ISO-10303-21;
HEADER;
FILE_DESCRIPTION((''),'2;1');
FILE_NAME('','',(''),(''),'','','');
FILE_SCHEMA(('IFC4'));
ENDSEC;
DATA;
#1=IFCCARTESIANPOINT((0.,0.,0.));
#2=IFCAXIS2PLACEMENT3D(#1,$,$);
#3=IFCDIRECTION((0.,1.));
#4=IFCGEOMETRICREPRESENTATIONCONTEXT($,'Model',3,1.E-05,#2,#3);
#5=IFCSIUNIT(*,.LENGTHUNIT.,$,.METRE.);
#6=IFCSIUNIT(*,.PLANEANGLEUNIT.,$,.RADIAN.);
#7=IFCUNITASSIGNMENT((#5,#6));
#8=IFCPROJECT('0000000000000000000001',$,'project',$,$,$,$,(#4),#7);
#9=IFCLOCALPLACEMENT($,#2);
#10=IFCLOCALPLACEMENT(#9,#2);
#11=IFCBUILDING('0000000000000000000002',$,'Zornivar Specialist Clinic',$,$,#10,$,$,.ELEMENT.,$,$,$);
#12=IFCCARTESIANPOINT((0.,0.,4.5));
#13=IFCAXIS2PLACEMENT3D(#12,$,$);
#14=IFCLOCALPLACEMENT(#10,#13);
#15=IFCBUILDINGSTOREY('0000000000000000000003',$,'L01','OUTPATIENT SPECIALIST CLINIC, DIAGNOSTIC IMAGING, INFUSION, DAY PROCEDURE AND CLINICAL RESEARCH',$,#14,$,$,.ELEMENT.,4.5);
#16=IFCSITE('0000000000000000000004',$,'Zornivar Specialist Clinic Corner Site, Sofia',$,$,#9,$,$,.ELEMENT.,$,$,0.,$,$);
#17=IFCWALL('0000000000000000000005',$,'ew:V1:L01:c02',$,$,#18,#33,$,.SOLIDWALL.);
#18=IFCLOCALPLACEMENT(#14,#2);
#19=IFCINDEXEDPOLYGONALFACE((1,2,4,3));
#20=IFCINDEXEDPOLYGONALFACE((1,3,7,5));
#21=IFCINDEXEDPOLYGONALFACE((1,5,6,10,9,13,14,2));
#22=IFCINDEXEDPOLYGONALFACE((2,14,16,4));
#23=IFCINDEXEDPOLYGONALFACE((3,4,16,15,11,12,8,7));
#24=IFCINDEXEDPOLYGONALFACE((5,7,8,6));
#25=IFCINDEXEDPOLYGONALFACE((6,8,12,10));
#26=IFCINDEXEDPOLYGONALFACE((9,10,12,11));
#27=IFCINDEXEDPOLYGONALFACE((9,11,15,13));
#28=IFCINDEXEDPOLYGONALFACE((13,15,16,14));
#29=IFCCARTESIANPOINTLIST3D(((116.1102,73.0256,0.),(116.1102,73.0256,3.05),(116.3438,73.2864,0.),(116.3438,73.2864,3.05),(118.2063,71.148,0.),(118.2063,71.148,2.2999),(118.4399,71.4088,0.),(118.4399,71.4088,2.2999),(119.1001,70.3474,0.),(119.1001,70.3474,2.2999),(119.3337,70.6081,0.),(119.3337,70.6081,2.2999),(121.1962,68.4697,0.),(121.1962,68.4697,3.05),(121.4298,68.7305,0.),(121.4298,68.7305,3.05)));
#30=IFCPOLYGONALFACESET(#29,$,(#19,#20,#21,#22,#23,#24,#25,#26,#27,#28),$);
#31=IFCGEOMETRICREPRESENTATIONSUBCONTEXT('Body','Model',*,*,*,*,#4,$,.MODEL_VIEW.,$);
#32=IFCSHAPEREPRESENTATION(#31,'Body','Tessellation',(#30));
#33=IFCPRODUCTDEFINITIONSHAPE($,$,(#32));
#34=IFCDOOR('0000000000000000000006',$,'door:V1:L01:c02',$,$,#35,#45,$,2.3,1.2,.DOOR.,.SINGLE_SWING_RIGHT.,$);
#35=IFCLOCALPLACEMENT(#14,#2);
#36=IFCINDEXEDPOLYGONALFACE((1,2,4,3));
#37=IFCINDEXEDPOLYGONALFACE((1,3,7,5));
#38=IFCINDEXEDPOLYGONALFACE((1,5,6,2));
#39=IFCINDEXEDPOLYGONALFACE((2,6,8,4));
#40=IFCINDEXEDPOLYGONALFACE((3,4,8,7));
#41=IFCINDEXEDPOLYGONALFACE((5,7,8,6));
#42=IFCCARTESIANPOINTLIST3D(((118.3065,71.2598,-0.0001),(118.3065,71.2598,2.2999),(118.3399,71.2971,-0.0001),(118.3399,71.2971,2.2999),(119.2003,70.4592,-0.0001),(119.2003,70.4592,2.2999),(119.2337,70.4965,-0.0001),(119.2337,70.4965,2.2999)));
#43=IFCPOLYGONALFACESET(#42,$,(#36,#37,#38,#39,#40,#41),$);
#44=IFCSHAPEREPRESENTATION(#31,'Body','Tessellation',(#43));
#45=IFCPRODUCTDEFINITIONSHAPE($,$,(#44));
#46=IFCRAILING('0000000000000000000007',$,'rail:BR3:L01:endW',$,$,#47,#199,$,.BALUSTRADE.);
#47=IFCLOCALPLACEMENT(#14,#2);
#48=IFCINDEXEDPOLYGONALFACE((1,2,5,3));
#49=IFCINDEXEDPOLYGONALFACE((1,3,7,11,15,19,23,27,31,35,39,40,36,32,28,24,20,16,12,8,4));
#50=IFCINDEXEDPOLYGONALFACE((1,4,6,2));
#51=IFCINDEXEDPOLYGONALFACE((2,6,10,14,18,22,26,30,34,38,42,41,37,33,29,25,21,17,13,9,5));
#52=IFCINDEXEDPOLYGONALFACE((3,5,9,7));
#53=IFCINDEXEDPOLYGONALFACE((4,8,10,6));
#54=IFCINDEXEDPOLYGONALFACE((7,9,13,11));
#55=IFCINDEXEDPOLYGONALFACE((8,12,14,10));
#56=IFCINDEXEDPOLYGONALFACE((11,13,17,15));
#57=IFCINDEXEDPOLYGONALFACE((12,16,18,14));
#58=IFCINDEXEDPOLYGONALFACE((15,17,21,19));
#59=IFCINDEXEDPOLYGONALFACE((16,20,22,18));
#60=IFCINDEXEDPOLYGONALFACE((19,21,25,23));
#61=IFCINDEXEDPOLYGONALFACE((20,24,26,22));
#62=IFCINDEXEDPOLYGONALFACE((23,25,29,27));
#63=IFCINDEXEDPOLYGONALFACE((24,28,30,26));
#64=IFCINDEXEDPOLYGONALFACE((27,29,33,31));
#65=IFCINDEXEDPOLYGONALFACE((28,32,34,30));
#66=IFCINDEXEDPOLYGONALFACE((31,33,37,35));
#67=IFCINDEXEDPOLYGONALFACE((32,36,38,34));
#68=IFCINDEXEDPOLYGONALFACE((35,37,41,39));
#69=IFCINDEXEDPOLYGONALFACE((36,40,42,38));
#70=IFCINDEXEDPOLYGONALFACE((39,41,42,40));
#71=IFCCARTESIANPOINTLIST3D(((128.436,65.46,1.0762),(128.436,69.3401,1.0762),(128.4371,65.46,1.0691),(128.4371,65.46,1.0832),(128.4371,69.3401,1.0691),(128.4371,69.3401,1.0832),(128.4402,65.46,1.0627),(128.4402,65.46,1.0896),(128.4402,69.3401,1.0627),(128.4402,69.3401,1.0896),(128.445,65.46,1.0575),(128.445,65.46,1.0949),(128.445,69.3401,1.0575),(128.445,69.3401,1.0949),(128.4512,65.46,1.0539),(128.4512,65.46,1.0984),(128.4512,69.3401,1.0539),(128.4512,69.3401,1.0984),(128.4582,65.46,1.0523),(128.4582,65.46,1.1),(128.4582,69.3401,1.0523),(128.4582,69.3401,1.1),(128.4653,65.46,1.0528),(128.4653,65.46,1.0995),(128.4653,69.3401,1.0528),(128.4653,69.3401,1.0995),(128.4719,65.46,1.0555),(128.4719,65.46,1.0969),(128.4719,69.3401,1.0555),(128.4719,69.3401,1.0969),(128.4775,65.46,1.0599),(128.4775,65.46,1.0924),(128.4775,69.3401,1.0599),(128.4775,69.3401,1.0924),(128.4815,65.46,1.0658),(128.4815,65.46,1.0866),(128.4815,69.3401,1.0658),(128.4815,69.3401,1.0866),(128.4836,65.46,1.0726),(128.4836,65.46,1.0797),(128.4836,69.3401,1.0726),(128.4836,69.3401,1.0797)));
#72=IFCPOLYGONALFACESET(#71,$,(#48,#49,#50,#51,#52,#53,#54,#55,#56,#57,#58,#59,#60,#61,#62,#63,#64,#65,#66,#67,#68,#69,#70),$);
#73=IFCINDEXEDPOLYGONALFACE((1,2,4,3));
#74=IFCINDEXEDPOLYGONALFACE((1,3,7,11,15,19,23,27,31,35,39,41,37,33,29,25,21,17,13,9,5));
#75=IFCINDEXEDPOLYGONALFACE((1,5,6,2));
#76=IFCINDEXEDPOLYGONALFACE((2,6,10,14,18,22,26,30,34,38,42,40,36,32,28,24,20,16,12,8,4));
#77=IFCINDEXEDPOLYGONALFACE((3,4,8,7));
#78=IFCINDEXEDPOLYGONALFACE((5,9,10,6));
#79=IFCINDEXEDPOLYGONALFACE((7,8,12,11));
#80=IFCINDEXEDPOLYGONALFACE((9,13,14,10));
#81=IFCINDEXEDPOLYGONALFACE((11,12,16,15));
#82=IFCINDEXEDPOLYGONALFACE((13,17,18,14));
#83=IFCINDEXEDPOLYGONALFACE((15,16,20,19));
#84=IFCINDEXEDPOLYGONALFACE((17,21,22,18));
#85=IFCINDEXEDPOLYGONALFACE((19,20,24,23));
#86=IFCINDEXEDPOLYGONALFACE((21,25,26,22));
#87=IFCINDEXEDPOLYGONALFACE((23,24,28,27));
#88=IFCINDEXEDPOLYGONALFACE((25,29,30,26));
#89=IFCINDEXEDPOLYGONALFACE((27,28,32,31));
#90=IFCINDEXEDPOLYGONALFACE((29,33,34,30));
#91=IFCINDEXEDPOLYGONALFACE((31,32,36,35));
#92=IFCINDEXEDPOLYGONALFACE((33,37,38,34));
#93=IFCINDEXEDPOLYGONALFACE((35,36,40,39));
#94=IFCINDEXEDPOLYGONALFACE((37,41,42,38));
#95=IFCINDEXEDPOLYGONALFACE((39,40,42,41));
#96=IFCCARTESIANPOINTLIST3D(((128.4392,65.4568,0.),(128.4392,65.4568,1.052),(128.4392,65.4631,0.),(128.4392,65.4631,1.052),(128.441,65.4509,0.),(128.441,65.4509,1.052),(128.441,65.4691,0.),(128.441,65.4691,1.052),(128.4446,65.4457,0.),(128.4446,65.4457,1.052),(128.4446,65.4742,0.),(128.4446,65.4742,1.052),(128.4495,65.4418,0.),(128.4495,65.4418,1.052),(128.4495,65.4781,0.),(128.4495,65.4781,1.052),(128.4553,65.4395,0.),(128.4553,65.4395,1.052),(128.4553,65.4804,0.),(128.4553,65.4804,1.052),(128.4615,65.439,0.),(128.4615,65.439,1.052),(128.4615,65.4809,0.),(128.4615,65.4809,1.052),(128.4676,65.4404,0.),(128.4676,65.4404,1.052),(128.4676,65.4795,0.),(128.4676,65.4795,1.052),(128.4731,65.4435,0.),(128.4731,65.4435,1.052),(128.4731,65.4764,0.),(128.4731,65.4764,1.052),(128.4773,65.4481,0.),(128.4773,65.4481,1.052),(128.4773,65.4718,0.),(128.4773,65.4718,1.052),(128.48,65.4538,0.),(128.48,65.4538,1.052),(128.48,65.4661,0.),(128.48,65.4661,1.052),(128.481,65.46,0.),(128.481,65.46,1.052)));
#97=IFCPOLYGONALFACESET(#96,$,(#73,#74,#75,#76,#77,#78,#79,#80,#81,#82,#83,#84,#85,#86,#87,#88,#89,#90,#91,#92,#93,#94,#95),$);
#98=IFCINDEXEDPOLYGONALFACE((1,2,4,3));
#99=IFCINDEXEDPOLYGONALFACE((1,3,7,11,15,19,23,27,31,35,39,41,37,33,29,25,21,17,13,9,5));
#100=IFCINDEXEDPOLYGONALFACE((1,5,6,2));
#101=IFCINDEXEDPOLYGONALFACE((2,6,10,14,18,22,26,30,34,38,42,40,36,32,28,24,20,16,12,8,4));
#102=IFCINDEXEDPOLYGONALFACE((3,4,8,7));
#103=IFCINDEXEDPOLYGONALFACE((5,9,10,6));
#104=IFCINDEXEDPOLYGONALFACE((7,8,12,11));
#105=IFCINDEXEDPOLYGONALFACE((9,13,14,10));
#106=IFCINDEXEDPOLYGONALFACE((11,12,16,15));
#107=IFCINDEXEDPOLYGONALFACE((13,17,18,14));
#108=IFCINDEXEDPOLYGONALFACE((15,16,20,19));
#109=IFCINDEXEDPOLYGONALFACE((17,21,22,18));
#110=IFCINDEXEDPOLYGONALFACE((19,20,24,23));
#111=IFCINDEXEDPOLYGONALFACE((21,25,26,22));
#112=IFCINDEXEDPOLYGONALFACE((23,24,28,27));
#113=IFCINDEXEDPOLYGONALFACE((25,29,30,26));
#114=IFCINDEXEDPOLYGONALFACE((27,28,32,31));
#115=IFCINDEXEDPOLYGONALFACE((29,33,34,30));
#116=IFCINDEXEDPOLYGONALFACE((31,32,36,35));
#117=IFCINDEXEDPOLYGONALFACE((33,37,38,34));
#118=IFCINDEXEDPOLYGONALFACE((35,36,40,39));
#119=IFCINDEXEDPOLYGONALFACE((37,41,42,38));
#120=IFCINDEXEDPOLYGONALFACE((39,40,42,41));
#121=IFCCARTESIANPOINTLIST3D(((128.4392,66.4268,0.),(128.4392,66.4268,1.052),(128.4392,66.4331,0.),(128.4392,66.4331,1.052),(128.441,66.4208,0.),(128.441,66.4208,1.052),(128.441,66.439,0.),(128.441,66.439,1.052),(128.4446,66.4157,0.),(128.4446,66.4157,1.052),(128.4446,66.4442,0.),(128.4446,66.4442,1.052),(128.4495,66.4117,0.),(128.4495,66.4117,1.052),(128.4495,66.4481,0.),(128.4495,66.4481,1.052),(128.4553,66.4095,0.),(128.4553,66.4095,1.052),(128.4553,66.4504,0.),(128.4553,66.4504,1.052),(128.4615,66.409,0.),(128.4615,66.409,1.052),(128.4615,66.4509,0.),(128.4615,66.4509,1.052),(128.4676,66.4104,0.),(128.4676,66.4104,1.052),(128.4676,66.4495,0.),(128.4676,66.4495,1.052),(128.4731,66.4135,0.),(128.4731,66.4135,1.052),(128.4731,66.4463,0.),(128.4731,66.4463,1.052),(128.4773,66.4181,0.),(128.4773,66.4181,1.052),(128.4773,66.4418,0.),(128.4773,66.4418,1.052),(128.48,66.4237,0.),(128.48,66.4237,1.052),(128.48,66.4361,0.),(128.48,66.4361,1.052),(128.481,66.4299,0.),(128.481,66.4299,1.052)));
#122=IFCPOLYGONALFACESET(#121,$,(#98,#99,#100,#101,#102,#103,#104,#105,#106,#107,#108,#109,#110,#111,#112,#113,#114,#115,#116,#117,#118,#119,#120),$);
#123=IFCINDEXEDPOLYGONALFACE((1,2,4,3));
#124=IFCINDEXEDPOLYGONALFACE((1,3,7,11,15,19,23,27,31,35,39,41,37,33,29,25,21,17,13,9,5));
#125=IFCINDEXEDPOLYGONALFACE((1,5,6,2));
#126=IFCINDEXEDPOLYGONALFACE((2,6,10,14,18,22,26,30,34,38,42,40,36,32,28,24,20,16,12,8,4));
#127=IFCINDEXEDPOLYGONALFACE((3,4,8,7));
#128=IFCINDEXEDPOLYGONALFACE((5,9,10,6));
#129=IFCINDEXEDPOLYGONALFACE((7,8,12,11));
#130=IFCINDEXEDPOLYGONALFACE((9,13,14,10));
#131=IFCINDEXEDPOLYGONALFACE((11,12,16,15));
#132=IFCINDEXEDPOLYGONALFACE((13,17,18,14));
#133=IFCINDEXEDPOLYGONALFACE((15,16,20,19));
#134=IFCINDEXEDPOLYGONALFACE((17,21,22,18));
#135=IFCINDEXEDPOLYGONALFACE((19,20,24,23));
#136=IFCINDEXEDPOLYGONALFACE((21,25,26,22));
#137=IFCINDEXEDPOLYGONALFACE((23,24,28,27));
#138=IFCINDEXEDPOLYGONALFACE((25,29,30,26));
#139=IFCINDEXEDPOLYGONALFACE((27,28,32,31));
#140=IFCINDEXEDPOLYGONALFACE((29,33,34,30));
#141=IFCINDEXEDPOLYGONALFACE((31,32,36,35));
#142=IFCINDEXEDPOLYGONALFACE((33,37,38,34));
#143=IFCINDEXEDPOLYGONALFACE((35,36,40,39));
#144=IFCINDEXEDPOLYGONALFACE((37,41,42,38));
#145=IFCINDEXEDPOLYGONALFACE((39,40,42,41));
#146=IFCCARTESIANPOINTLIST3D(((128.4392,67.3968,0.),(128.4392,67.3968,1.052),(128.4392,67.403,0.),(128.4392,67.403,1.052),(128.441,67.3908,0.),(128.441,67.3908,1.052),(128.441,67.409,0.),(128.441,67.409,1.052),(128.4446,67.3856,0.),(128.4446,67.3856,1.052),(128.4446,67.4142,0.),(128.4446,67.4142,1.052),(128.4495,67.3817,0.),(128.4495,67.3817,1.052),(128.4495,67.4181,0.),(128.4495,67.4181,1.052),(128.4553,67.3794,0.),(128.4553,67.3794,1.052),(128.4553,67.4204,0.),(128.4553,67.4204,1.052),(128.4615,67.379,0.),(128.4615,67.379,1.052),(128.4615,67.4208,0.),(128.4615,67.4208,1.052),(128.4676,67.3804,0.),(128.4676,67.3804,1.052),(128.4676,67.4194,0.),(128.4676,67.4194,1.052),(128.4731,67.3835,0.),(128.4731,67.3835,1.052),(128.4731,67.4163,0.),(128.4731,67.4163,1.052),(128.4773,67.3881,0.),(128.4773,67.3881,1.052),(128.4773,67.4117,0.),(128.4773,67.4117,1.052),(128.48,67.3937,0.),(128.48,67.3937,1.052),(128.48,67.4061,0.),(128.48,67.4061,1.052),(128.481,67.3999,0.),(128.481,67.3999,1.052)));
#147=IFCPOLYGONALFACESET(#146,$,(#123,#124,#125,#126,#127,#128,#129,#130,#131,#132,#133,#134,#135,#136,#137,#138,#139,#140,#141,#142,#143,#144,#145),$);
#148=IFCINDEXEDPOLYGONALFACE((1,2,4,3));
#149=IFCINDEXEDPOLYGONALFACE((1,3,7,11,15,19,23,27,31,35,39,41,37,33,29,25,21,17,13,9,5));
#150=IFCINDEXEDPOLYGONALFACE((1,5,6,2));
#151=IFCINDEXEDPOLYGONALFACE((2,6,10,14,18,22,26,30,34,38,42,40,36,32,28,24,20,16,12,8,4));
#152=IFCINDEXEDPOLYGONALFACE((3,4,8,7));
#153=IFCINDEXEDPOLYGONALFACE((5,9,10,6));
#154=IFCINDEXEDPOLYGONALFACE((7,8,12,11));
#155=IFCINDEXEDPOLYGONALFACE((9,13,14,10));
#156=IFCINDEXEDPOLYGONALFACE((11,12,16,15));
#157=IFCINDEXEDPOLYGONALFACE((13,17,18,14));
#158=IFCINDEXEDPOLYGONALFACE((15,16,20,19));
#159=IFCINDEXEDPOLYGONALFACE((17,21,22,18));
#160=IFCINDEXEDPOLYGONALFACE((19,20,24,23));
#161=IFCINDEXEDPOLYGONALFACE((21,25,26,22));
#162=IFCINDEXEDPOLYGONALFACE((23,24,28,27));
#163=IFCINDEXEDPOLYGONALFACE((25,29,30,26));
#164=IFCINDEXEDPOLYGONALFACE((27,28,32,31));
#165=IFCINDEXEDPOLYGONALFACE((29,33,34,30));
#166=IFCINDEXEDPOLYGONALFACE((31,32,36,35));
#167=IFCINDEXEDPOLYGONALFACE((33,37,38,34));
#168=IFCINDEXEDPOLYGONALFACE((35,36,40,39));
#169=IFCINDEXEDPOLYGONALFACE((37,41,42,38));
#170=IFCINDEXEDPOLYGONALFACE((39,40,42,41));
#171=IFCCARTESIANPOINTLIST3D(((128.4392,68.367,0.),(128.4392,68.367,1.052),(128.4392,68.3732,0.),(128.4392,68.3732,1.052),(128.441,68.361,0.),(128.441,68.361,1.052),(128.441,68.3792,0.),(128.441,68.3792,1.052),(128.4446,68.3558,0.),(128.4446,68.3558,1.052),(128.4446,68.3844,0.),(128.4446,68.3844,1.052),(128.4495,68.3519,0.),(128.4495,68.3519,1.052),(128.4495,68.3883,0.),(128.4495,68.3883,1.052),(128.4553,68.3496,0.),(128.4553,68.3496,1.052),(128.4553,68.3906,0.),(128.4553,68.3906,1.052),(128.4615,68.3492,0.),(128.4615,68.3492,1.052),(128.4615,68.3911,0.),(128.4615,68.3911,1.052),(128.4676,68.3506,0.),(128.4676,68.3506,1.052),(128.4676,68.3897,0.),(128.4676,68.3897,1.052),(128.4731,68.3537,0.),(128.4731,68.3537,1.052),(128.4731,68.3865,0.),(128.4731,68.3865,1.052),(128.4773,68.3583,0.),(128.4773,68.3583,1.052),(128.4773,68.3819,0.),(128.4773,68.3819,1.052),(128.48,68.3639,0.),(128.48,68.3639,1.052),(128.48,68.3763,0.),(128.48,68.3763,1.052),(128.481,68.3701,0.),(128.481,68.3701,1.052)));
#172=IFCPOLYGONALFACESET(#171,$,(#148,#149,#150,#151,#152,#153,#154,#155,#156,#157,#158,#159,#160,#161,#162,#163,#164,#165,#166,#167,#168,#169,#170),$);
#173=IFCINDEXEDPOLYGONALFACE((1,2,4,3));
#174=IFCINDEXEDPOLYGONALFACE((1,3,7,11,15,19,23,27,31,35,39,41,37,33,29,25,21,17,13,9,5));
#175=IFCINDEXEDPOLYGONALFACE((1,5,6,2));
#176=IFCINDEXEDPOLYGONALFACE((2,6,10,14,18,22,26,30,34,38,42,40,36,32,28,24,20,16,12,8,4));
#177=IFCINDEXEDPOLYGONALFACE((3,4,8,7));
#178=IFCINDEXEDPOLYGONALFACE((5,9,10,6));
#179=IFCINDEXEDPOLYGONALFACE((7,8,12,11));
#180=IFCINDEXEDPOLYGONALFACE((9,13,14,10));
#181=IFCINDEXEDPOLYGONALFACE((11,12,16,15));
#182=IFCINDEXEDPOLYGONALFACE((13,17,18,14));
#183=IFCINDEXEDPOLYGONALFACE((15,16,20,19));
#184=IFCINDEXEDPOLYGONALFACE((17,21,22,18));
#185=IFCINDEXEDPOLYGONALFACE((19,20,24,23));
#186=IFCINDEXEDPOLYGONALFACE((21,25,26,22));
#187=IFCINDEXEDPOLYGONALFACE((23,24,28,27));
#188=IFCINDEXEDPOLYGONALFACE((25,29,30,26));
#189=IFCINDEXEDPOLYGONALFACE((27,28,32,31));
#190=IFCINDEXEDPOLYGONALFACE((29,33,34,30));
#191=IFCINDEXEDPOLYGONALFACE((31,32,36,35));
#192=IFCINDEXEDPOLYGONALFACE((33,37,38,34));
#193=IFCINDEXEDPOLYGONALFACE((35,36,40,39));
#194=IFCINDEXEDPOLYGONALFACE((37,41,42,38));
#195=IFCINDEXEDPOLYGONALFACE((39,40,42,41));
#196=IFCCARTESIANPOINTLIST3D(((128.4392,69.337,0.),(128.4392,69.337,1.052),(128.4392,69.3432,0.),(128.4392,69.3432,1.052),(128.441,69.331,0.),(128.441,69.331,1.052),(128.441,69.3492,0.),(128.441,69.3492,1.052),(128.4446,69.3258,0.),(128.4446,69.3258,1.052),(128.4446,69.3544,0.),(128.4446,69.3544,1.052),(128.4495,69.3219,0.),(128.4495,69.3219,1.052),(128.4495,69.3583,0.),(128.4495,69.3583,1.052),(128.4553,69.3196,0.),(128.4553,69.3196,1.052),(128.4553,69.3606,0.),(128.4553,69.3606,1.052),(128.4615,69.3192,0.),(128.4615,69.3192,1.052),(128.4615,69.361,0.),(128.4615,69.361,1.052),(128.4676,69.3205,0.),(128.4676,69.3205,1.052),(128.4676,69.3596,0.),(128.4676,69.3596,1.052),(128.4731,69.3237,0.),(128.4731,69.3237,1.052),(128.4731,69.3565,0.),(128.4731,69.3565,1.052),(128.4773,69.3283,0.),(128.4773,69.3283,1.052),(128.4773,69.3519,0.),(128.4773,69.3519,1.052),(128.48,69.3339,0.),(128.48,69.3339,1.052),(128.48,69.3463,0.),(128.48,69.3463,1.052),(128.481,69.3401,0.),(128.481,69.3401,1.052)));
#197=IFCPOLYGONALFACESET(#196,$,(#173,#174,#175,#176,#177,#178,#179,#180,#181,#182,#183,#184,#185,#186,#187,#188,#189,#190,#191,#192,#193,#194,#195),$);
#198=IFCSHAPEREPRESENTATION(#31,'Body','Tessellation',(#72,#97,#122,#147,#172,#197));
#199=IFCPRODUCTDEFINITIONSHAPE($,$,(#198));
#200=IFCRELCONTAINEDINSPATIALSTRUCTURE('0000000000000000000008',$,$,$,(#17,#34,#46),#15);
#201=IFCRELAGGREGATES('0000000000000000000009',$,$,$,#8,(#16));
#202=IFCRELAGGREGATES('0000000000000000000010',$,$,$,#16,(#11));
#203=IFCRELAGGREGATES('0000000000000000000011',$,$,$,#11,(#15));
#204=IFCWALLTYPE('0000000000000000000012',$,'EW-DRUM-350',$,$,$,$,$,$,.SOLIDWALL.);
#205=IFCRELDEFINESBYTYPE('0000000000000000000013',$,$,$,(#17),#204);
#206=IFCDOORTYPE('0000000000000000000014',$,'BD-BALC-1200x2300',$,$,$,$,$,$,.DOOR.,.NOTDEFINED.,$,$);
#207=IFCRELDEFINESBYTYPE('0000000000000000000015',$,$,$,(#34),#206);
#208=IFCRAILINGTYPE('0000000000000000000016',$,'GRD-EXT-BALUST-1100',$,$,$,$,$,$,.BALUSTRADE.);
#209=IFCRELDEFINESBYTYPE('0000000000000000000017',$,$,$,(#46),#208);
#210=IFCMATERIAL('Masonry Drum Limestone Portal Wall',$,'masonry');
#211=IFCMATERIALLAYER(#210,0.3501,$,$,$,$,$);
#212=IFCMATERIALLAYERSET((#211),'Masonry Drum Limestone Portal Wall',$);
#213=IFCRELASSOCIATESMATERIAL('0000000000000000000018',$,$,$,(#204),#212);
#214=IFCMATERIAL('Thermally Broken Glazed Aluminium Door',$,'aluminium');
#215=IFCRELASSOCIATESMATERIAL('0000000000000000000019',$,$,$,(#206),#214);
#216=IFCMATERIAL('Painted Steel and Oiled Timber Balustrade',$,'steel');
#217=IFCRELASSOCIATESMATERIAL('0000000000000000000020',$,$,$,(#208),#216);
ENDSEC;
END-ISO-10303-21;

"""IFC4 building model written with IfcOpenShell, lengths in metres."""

from ifc_helpers import new_model, si_unit, direction, frame, frame_2d, origin, origin_2d, place, context, subcontext, project, spatial, rectangle, circle, extrude, material, layer, layer_set, type_object, element, fill, save


model = new_model("IFC4")

# Units and contexts
model_context = context("Model", 3, precision=1e-05, world=origin(), true_north=direction((0.0, 1.0)))
body_context = subcontext(model_context, "Body", "Model", "MODEL_VIEW")
ifc_project = project(units=[si_unit("LENGTHUNIT", "METRE"), si_unit("PLANEANGLEUNIT", "RADIAN")], contexts=[model_context])

# Site, building, storey
site_placement = place(None, origin())
site = spatial("IfcSite", under=ifc_project, at=site_placement, Name="Zornivar Specialist Clinic Corner Site, Sofia", CompositionType="ELEMENT", RefElevation=0.0)
building_placement = place(site_placement, origin())
building = spatial("IfcBuilding", under=site, at=building_placement, Name="Zornivar Specialist Clinic", CompositionType="ELEMENT")
storey_placement = place(building_placement, frame((0.0, 0.0, 4.5)))
storey = spatial("IfcBuildingStorey", under=building, at=storey_placement, Name="L01", Description="OUTPATIENT SPECIALIST CLINIC, DIAGNOSTIC IMAGING, INFUSION, DAY PROCEDURE AND CLINICAL RESEARCH", CompositionType="ELEMENT", Elevation=4.5)

# Wall, opening, door
ifc_material_1 = material(Name="Masonry Drum Limestone Portal Wall", Category="masonry")
ifc_layer_1 = layer(ifc_material_1, 0.3501)
ifc_layer_set_1 = layer_set([ifc_layer_1], Name="Masonry Drum Limestone Portal Wall")
wall_type_1 = type_object("IfcWallType", Name="EW-DRUM-350", PredefinedType="SOLIDWALL", material=ifc_layer_set_1)
wall_1_placement = place(storey_placement, frame((121.313, 68.6001, 0.0), z_axis=(0.0, 0.0, 1.0), x_axis=(-0.744853, 0.667228, 0.0)))
wall_1 = element("IfcWall", 1, at=wall_1_placement, inside=storey, type_object=wall_type_1, Name="ew:V1:L01:c02", PredefinedType="SOLIDWALL", context=body_context, shape_type="SweptSolid", body=[
    extrude(rectangle(XDim=6.8281, YDim=0.3501, at=frame_2d((3.4141, 0.0))), origin(), (0.0, 0.0, 1.0), 3.05),
])
opening_1_placement = place(wall_1_placement, frame((2.814, 0.0, 0.0)))
opening_1 = element("IfcOpeningElement", 2, at=opening_1_placement, cuts=wall_1, PredefinedType="OPENING", context=body_context, shape_type="SweptSolid", body=[
    extrude(rectangle(XDim=1.2, YDim=2.3, at=frame_2d((0.6001, 1.1499))), frame((0.0, 0.1851, 0.0), z_axis=(0.0, -1.0, 0.0), x_axis=(1.0, 0.0, 0.0)), (0.0, 0.0, 1.0), 0.3701),
])
ifc_material_2 = material(Name="Thermally Broken Glazed Aluminium Door", Category="aluminium")
door_type_1 = type_object("IfcDoorType", Name="BD-BALC-1200x2300", OperationType="NOTDEFINED", PredefinedType="DOOR", material=ifc_material_2)
door_1_placement = place(opening_1_placement, origin())
door_1 = element("IfcDoor", 3, at=door_1_placement, inside=storey, type_object=door_type_1, Name="door:V1:L01:c02", OperationType="SINGLE_SWING_RIGHT", OverallHeight=2.3, OverallWidth=1.2, PredefinedType="DOOR", context=body_context, shape_type="SweptSolid", body=[
    extrude(rectangle(XDim=1.2, YDim=2.3, at=frame_2d((0.6001, 1.1499))), frame((0.0, 0.0249, 0.0), z_axis=(0.0, -1.0, 0.0), x_axis=(1.0, 0.0, 0.0)), (0.0, 0.0, 1.0), 0.05),
])
fill(opening_1, door_1)

# Railing
ifc_material_3 = material(Name="Painted Steel and Oiled Timber Balustrade", Category="steel")
railing_type = type_object("IfcRailingType", Name="GRD-EXT-BALUST-1100", PredefinedType="BALUSTRADE", material=ifc_material_3)
railing_placement = place(storey_placement, frame((128.46, 65.46, 0.0)))
element("IfcRailing", 4, at=railing_placement, inside=storey, type_object=railing_type, Name="rail:BR3:L01:endW", PredefinedType="BALUSTRADE", context=body_context, shape_type="SweptSolid", body=[
    extrude(circle(Radius=0.0239, at=origin_2d()), frame((0.0, 0.0, 1.0762), z_axis=(0.0, 1.0, 0.0), x_axis=(-1.0, 0.0, 0.0)), (0.0, 0.0, 1.0), 3.8801),
    extrude(circle(Radius=0.021, at=origin_2d()), origin(), (0.0, 0.0, 1.0), 1.052),
    extrude(circle(Radius=0.021, at=origin_2d()), frame((0.0, 0.97, 0.0)), (0.0, 0.0, 1.0), 1.052),
    extrude(circle(Radius=0.021, at=origin_2d()), frame((0.0, 1.9399, 0.0)), (0.0, 0.0, 1.0), 1.052),
    extrude(circle(Radius=0.021, at=origin_2d()), frame((0.0, 2.9102, 0.0)), (0.0, 0.0, 1.0), 1.052),
    extrude(circle(Radius=0.021, at=origin_2d()), frame((0.0, 3.8801, 0.0)), (0.0, 0.0, 1.0), 1.052),
])

save(model, "model.ifc")
